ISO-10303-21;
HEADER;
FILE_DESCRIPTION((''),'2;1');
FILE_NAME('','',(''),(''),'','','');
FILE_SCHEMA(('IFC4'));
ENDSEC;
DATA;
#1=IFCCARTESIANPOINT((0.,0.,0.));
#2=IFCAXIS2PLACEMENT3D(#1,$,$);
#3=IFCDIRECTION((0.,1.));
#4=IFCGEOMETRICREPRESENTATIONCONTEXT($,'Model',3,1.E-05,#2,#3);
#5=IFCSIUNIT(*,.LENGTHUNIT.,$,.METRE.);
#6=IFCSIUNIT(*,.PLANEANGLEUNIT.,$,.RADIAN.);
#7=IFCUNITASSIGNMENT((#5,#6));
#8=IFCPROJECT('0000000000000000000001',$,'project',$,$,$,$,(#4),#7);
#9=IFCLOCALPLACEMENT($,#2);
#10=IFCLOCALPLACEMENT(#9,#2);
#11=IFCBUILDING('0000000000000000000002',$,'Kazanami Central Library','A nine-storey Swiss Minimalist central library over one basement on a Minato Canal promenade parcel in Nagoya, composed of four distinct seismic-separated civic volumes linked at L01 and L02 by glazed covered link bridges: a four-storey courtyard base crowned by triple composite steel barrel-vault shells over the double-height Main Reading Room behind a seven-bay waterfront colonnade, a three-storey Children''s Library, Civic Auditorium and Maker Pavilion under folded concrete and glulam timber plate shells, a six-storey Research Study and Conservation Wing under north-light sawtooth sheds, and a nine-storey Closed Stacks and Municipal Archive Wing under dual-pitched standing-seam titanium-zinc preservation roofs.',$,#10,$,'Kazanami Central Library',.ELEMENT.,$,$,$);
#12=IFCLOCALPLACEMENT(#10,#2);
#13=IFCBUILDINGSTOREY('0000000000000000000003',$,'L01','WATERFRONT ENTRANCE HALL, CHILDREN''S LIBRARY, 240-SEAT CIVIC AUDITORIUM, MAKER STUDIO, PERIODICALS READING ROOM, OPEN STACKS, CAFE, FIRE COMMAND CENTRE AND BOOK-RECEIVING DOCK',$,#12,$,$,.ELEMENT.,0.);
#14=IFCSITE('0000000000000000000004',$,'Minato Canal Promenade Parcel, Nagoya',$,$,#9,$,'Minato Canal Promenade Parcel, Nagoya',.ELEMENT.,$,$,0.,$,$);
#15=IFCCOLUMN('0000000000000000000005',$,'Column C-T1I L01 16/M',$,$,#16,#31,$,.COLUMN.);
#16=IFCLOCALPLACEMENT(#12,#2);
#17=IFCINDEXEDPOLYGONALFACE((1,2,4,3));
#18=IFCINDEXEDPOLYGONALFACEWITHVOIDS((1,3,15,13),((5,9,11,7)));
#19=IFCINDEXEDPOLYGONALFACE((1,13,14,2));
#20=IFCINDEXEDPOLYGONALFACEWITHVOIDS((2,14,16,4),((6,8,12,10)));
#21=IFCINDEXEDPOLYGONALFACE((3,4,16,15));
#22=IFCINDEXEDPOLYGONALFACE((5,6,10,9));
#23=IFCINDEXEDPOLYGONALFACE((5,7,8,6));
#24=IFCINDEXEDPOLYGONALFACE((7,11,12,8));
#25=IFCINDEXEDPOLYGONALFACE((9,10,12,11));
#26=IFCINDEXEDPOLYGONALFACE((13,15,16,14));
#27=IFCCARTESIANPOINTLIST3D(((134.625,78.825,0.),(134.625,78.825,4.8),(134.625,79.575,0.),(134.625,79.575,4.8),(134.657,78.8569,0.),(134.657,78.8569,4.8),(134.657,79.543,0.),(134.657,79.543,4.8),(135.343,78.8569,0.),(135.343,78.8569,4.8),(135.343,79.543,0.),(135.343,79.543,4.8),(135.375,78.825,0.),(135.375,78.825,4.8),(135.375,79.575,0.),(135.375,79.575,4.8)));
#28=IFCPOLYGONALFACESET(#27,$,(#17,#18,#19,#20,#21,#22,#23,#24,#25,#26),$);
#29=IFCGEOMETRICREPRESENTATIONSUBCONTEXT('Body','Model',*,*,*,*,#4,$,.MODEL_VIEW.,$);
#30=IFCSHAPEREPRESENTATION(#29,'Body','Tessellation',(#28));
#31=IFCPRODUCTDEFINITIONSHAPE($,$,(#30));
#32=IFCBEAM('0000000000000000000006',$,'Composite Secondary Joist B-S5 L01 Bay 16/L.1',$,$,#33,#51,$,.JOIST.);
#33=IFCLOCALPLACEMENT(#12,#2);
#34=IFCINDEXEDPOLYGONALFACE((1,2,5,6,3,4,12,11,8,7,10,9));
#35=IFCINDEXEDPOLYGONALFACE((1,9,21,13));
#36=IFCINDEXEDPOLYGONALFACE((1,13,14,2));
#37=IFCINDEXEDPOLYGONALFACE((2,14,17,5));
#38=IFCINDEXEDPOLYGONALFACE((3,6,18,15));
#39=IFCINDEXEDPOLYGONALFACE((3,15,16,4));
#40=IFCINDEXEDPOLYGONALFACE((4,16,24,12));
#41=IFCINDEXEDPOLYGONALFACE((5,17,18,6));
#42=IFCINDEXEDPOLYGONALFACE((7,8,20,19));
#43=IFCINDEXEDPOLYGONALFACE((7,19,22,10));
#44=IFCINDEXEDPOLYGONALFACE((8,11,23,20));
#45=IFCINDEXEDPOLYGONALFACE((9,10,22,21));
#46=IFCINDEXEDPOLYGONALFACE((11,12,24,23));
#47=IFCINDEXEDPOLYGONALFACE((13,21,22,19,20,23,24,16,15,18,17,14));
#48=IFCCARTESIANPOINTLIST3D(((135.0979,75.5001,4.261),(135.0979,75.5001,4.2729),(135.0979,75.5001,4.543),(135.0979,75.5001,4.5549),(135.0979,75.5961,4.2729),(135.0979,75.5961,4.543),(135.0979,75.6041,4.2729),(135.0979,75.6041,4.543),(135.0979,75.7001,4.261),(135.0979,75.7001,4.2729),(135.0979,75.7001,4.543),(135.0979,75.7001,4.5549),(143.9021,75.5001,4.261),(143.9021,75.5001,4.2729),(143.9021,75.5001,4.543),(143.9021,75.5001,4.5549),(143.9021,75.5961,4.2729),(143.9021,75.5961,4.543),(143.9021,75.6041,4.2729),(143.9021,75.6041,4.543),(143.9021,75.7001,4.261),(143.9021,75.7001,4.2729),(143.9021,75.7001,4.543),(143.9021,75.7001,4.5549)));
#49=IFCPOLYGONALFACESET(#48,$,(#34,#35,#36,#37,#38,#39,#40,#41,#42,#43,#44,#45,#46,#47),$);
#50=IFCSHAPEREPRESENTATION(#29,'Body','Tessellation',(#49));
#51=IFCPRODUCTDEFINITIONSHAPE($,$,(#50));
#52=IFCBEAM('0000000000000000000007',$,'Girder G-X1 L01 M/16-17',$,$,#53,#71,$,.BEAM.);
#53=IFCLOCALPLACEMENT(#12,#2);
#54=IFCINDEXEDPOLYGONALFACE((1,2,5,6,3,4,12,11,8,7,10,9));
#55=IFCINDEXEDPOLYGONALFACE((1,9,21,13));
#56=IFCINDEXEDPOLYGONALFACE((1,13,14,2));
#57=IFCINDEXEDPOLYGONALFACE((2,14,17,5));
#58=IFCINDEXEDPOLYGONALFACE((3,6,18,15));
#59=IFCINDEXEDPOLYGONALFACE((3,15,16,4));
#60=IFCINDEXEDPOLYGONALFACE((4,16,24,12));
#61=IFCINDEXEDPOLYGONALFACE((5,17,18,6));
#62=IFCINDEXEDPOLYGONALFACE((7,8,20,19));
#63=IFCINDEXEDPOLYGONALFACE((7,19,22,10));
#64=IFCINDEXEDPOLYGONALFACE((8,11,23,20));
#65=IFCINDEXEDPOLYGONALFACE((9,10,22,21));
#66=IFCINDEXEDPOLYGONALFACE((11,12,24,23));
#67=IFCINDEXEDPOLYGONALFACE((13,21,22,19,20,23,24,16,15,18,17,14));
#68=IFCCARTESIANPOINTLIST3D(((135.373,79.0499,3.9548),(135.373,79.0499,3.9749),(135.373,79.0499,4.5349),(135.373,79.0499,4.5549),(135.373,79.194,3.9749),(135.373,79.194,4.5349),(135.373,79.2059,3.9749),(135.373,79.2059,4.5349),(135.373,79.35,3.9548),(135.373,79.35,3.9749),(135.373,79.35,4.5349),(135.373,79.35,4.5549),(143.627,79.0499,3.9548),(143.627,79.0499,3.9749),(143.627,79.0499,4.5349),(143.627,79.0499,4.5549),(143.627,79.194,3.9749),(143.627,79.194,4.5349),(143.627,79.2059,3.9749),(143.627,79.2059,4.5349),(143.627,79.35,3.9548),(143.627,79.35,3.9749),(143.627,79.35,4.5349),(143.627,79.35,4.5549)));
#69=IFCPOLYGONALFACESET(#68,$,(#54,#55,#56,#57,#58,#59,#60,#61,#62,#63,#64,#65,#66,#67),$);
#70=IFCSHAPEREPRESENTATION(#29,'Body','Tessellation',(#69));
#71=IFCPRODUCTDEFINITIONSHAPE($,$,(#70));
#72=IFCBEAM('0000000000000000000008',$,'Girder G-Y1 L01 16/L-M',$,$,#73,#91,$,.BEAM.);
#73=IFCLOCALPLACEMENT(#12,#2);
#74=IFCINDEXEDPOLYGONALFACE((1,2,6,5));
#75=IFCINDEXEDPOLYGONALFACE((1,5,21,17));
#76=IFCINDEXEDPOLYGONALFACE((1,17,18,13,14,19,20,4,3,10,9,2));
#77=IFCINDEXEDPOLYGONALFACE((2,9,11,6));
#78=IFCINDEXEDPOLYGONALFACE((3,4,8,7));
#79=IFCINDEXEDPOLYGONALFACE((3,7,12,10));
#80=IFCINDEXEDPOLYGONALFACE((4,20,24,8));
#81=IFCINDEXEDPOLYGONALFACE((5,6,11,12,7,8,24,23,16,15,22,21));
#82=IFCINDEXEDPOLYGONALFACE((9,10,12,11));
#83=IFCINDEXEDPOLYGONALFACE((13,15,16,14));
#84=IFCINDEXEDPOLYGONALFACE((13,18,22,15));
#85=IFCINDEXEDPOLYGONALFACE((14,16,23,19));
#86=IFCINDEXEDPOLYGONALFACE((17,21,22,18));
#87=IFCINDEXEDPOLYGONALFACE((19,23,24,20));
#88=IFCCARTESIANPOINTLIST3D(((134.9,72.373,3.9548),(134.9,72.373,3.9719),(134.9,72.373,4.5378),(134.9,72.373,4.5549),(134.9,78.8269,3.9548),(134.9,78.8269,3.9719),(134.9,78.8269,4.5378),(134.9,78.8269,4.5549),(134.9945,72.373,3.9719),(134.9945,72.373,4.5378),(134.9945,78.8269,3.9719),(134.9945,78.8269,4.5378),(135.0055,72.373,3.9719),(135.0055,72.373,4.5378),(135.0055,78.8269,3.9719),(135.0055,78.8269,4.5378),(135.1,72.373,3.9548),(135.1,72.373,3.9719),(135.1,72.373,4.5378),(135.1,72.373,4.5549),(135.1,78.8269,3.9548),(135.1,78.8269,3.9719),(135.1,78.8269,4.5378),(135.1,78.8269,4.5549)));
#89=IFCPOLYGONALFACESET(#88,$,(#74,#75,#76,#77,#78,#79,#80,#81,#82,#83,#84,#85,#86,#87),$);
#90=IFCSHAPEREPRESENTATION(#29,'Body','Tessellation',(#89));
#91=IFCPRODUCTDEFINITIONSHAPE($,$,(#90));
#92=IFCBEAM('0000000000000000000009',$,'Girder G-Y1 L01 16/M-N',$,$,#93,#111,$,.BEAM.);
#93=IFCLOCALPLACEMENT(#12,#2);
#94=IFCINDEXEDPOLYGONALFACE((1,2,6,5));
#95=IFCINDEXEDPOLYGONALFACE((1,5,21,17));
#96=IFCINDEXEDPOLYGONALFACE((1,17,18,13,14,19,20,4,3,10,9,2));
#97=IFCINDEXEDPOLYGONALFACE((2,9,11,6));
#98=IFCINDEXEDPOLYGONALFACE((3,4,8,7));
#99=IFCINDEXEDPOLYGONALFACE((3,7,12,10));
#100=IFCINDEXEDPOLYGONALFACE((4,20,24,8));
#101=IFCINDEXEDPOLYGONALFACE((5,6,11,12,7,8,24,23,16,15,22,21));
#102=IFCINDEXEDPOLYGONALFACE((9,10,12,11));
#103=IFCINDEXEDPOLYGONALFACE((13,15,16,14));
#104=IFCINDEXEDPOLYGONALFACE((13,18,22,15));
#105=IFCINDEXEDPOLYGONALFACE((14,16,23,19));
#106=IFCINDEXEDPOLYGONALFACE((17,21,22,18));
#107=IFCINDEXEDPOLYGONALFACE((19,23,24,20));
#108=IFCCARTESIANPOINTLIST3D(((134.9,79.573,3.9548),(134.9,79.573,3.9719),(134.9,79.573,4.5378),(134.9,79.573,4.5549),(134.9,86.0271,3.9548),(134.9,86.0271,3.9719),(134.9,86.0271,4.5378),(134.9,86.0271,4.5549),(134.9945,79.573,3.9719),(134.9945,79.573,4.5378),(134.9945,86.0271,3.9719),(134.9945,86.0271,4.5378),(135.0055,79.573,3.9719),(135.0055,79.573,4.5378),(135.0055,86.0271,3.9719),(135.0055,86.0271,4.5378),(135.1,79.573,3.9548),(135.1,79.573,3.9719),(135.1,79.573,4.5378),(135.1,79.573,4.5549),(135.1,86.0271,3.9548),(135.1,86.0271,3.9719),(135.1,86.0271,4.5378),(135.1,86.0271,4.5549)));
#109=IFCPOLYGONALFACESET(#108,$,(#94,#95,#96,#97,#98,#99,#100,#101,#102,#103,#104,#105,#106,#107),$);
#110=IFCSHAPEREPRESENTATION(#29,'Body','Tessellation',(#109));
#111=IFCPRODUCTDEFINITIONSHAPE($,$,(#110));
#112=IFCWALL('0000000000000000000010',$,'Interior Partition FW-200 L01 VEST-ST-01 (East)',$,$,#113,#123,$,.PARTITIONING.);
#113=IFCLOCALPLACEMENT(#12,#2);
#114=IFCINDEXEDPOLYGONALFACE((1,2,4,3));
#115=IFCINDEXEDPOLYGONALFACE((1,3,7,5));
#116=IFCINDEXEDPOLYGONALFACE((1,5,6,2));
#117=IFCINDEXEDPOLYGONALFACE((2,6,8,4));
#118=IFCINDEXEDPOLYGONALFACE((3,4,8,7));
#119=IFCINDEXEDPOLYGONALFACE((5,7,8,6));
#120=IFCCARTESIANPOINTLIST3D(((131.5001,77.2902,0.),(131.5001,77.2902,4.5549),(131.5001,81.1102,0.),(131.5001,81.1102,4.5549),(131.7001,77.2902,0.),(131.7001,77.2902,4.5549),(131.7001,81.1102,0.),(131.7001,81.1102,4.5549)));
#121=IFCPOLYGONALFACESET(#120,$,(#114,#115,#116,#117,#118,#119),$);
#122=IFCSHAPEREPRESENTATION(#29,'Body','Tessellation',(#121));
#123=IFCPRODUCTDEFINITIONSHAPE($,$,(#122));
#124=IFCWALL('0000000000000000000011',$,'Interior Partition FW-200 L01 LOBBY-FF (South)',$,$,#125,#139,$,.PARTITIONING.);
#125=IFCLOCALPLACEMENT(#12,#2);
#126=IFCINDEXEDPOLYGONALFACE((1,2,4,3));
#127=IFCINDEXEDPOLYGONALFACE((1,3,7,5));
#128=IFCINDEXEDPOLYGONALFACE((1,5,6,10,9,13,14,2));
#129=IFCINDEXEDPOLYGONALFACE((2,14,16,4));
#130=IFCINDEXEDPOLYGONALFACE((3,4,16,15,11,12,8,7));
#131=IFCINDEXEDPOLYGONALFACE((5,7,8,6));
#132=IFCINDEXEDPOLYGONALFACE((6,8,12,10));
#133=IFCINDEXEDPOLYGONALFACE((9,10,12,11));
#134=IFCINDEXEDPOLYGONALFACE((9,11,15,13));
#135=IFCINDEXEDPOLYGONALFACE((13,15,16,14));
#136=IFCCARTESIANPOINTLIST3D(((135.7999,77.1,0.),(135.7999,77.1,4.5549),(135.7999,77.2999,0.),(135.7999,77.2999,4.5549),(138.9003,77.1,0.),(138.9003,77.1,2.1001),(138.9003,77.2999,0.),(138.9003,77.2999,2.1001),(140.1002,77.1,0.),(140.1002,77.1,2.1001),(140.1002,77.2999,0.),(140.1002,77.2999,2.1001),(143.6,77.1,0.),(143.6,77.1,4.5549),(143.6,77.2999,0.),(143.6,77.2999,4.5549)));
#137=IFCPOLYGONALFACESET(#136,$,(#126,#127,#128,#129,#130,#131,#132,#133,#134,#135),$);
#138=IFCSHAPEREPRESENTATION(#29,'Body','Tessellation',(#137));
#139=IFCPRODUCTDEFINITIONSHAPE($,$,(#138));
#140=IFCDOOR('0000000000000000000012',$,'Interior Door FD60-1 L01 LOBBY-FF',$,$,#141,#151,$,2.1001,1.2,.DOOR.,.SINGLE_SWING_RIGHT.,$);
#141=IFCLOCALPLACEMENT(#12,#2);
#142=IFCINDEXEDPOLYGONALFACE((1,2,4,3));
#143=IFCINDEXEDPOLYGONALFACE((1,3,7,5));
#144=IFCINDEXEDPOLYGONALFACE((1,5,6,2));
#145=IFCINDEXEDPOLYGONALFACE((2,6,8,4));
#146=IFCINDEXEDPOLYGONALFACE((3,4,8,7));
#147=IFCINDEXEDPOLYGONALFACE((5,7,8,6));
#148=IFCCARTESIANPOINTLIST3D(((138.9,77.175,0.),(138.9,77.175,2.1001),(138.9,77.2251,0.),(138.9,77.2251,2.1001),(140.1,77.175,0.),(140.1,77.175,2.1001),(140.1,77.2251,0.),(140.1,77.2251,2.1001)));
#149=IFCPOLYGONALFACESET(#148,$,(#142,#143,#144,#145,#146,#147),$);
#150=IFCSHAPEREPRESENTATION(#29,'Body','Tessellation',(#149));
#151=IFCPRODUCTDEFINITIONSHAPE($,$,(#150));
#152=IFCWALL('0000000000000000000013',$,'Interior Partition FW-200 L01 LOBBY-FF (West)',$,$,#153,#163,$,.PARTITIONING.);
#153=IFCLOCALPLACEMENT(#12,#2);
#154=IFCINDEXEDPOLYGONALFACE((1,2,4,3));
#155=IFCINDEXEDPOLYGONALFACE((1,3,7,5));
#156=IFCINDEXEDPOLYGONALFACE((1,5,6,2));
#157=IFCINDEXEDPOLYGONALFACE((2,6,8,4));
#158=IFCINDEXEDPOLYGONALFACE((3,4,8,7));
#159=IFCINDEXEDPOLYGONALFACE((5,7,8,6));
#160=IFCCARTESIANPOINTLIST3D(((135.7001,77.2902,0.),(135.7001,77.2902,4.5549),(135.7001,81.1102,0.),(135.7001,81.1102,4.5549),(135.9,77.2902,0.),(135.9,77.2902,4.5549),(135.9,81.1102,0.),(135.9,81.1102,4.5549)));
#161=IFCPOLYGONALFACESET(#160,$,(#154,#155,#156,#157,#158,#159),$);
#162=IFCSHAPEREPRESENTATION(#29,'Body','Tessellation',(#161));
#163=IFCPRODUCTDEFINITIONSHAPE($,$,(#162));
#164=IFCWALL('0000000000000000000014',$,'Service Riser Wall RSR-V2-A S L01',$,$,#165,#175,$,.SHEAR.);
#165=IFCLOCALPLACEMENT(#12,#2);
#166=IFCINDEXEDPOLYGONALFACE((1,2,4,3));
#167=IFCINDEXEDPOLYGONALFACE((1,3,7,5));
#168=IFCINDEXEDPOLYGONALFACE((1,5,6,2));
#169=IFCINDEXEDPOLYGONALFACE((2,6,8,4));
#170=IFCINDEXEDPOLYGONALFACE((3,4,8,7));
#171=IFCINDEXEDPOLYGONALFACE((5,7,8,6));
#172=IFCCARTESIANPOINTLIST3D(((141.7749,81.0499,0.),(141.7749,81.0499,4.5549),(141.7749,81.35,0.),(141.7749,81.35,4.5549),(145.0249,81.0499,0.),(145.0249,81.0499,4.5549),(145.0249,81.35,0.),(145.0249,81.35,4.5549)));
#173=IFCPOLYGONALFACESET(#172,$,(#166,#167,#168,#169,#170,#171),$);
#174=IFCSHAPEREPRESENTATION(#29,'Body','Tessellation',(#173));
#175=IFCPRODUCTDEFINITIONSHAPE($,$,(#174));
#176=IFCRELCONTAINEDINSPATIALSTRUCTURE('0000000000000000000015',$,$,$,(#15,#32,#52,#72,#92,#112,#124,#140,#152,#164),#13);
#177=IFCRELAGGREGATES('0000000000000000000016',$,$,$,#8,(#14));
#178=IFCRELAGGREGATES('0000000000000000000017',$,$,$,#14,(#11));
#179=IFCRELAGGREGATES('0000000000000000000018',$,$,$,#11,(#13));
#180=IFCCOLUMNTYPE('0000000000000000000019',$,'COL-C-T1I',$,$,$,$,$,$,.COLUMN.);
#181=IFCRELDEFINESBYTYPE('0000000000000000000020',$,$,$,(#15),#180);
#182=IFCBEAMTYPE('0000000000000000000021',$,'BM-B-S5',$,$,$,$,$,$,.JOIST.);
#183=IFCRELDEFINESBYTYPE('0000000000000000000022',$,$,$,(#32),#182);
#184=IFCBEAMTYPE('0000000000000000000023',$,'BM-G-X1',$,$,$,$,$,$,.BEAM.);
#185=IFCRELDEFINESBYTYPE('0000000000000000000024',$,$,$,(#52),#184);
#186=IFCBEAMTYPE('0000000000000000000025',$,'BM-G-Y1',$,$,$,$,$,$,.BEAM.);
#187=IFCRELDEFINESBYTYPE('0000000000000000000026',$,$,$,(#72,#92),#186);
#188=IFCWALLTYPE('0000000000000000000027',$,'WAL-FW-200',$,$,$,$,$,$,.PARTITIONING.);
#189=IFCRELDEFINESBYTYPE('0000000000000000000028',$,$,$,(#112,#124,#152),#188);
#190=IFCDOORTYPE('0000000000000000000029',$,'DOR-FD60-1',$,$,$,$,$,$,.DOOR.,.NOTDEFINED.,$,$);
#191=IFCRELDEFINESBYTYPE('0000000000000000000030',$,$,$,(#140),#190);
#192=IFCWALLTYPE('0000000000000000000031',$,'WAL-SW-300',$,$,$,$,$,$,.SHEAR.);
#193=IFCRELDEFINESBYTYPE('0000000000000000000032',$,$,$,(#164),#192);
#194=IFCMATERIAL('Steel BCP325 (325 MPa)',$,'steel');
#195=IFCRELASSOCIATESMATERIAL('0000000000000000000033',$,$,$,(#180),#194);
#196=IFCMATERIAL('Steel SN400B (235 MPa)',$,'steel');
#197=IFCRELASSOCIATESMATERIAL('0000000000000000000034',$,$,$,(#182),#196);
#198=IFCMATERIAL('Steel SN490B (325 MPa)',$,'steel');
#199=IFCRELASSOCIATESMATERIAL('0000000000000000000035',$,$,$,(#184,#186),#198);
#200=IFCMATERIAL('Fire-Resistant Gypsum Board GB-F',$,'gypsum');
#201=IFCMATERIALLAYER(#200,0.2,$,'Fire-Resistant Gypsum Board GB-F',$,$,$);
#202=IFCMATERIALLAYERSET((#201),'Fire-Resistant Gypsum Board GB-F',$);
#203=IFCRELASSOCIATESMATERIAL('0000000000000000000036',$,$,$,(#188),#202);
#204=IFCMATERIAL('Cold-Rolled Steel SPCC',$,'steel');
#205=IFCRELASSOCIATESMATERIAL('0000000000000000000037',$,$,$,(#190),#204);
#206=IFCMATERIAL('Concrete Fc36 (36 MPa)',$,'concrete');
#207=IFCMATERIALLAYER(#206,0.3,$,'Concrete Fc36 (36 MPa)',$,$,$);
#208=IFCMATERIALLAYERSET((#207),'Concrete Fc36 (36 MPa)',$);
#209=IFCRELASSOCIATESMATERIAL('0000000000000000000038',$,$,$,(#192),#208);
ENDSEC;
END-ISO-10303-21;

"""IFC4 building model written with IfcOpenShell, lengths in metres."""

from ifc_helpers import new_model, si_unit, direction, frame, frame_2d, origin, origin_2d, place, context, subcontext, project, spatial, rectangle, hollow_rectangle, i_section, extrude, material, layer, layer_set, material_profile, profile_set, type_object, element, fill, save


model = new_model("IFC4")

# Units and contexts
model_context = context("Model", 3, precision=1e-05, world=origin(), true_north=direction((0.0, 1.0)))
body_context = subcontext(model_context, "Body", "Model", "MODEL_VIEW")
ifc_project = project(units=[si_unit("LENGTHUNIT", "METRE"), si_unit("PLANEANGLEUNIT", "RADIAN")], contexts=[model_context])

# Site, building, storey
site_placement = place(None, origin())
site = spatial("IfcSite", under=ifc_project, at=site_placement, Name="Minato Canal Promenade Parcel, Nagoya", LongName="Minato Canal Promenade Parcel, Nagoya", CompositionType="ELEMENT", RefElevation=0.0)
building_placement = place(site_placement, origin())
building = spatial("IfcBuilding", under=site, at=building_placement, Name="Kazanami Central Library", Description="A nine-storey Swiss Minimalist central library over one basement on a Minato Canal promenade parcel in Nagoya, composed of four distinct seismic-separated civic volumes linked at L01 and L02 by glazed covered link bridges: a four-storey courtyard base crowned by triple composite steel barrel-vault shells over the double-height Main Reading Room behind a seven-bay waterfront colonnade, a three-storey Children's Library, Civic Auditorium and Maker Pavilion under folded concrete and glulam timber plate shells, a six-storey Research Study and Conservation Wing under north-light sawtooth sheds, and a nine-storey Closed Stacks and Municipal Archive Wing under dual-pitched standing-seam titanium-zinc preservation roofs.", LongName="Kazanami Central Library", CompositionType="ELEMENT")
storey_placement = place(building_placement, origin())
storey = spatial("IfcBuildingStorey", under=building, at=storey_placement, Name="L01", Description="WATERFRONT ENTRANCE HALL, CHILDREN'S LIBRARY, 240-SEAT CIVIC AUDITORIUM, MAKER STUDIO, PERIODICALS READING ROOM, OPEN STACKS, CAFE, FIRE COMMAND CENTRE AND BOOK-RECEIVING DOCK", CompositionType="ELEMENT", Elevation=0.0)

# Column
ifc_material_1 = material(Name="Steel BCP325 (325 MPa)", Category="steel")
ifc_material_profile_1 = material_profile(ifc_material_1, hollow_rectangle(XDim=0.75, YDim=0.75, WallThickness=0.032, at=origin_2d()), Name="BCP-750x750x32")
ifc_profile_set_1 = profile_set([ifc_material_profile_1], Name="Steel BCP325 (325 MPa)")
column_type = type_object("IfcColumnType", Name="COL-C-T1I", PredefinedType="COLUMN", material=ifc_profile_set_1)
column_placement = place(storey_placement, frame((135.0, 79.2, 0.0), z_axis=(0.0, 0.0, 1.0), x_axis=(1.0, 0.0, 0.0)))
element("IfcColumn", 1, at=column_placement, inside=storey, type_object=column_type, Name="Column C-T1I L01 16/M", PredefinedType="COLUMN", context=body_context, shape_type="SweptSolid", body=[
    extrude(hollow_rectangle(XDim=0.75, YDim=0.75, WallThickness=0.032, at=origin_2d()), origin(), (0.0, 0.0, 1.0), 4.8),
])

# Beams
ifc_material_2 = material(Name="Steel SN400B (235 MPa)", Category="steel")
ifc_material_profile_2 = material_profile(ifc_material_2, i_section(OverallWidth=0.2, OverallDepth=0.2939, WebThickness=0.0081, FlangeThickness=0.012, at=origin_2d()), Name="H-294x200x8x12")
ifc_profile_set_2 = profile_set([ifc_material_profile_2], Name="Steel SN400B (235 MPa)")
beam_type_1 = type_object("IfcBeamType", Name="BM-B-S5", PredefinedType="JOIST", material=ifc_profile_set_2)
beam_1_placement = place(storey_placement, frame((135.0979, 75.6001, 4.408), z_axis=(1.0, 0.0, 0.0), x_axis=(0.0, 1.0, 0.0)))
element("IfcBeam", 2, at=beam_1_placement, inside=storey, type_object=beam_type_1, Name="Composite Secondary Joist B-S5 L01 Bay 16/L.1", PredefinedType="JOIST", context=body_context, shape_type="SweptSolid", body=[
    extrude(i_section(OverallWidth=0.2, OverallDepth=0.2939, WebThickness=0.0081, FlangeThickness=0.012, at=origin_2d()), origin(), (0.0, 0.0, 1.0), 8.8042),
])
ifc_material_3 = material(Name="Steel SN490B (325 MPa)", Category="steel")
ifc_material_profile_3 = material_profile(ifc_material_3, i_section(OverallWidth=0.3, OverallDepth=0.6001, WebThickness=0.012, FlangeThickness=0.02, at=origin_2d()), Name="H-600x300x12x20")
ifc_profile_set_3 = profile_set([ifc_material_profile_3], Name="Steel SN490B (325 MPa)")
beam_type_2 = type_object("IfcBeamType", Name="BM-G-X1", PredefinedType="BEAM", material=ifc_profile_set_3)
beam_2_placement = place(storey_placement, frame((135.373, 79.2, 4.2549), z_axis=(1.0, 0.0, 0.0), x_axis=(0.0, 1.0, 0.0)))
element("IfcBeam", 3, at=beam_2_placement, inside=storey, type_object=beam_type_2, Name="Girder G-X1 L01 M/16-17", PredefinedType="BEAM", context=body_context, shape_type="SweptSolid", body=[
    extrude(i_section(OverallWidth=0.3, OverallDepth=0.6001, WebThickness=0.012, FlangeThickness=0.02, at=origin_2d()), origin(), (0.0, 0.0, 1.0), 8.2539),
])
ifc_material_profile_4 = material_profile(ifc_material_3, i_section(OverallWidth=0.2, OverallDepth=0.6001, WebThickness=0.011, FlangeThickness=0.0171, at=origin_2d()), Name="H-600x200x11x17")
ifc_profile_set_4 = profile_set([ifc_material_profile_4], Name="Steel SN490B (325 MPa)")
beam_type_3 = type_object("IfcBeamType", Name="BM-G-Y1", PredefinedType="BEAM", material=ifc_profile_set_4)
beam_3_placement = place(storey_placement, frame((135.0, 72.373, 4.2549), z_axis=(0.0, 1.0, 0.0), x_axis=(-1.0, 0.0, 0.0)))
element("IfcBeam", 4, at=beam_3_placement, inside=storey, type_object=beam_type_3, Name="Girder G-Y1 L01 16/L-M", PredefinedType="BEAM", context=body_context, shape_type="SweptSolid", body=[
    extrude(i_section(OverallWidth=0.2, OverallDepth=0.6001, WebThickness=0.011, FlangeThickness=0.0171, at=origin_2d()), origin(), (0.0, 0.0, 1.0), 6.4539),
])
beam_4_placement = place(storey_placement, frame((135.0, 79.573, 4.2549), z_axis=(0.0, 1.0, 0.0), x_axis=(-1.0, 0.0, 0.0)))
element("IfcBeam", 5, at=beam_4_placement, inside=storey, type_object=beam_type_3, Name="Girder G-Y1 L01 16/M-N", PredefinedType="BEAM", context=body_context, shape_type="SweptSolid", body=[
    extrude(i_section(OverallWidth=0.2, OverallDepth=0.6001, WebThickness=0.011, FlangeThickness=0.0171, at=origin_2d()), origin(), (0.0, 0.0, 1.0), 6.4541),
])

# Wall
ifc_material_4 = material(Name="Fire-Resistant Gypsum Board GB-F", Category="gypsum")
ifc_layer_1 = layer(ifc_material_4, 0.2, Name="Fire-Resistant Gypsum Board GB-F")
ifc_layer_set_1 = layer_set([ifc_layer_1], Name="Fire-Resistant Gypsum Board GB-F")
wall_type_1 = type_object("IfcWallType", Name="WAL-FW-200", PredefinedType="PARTITIONING", material=ifc_layer_set_1)
wall_1_placement = place(storey_placement, frame((131.6001, 77.29, 0.0), z_axis=(0.0, 0.0, 1.0), x_axis=(0.0, 1.0, 0.0)))
element("IfcWall", 6, at=wall_1_placement, inside=storey, type_object=wall_type_1, Name="Interior Partition FW-200 L01 VEST-ST-01 (East)", PredefinedType="PARTITIONING", context=body_context, shape_type="SweptSolid", body=[
    extrude(rectangle(XDim=3.8201, YDim=0.2, at=frame_2d((1.9102, 0.0))), origin(), (0.0, 0.0, 1.0), 4.5549),
])

# Wall, opening, door
wall_2_placement = place(storey_placement, frame((135.8, 77.2, 0.0), z_axis=(0.0, 0.0, 1.0), x_axis=(1.0, 0.0, 0.0)))
wall_2 = element("IfcWall", 7, at=wall_2_placement, inside=storey, type_object=wall_type_1, Name="Interior Partition FW-200 L01 LOBBY-FF (South)", PredefinedType="PARTITIONING", context=body_context, shape_type="SweptSolid", body=[
    extrude(rectangle(XDim=7.8, YDim=0.2, at=frame_2d((3.8999, 0.0))), origin(), (0.0, 0.0, 1.0), 4.5549),
])
opening_1_placement = place(wall_2_placement, frame((3.1001, 0.0, 0.0)))
opening_1 = element("IfcOpeningElement", 8, at=opening_1_placement, cuts=wall_2, PredefinedType="OPENING", context=body_context, shape_type="SweptSolid", body=[
    extrude(rectangle(XDim=1.2, YDim=2.1001, at=frame_2d((0.6001, 1.05))), frame((0.0, 0.1118, 0.0), z_axis=(0.0, -1.0, 0.0), x_axis=(1.0, 0.0, 0.0)), (0.0, 0.0, 1.0), 0.2239),
])
ifc_material_5 = material(Name="Cold-Rolled Steel SPCC", Category="steel")
door_type_1 = type_object("IfcDoorType", Name="DOR-FD60-1", OperationType="NOTDEFINED", PredefinedType="DOOR", material=ifc_material_5)
door_1_placement = place(opening_1_placement, frame((1.2, 0.0, 0.0), z_axis=(0.0, 0.0, 1.0), x_axis=(-1.0, 0.0, 0.0)))
door_1 = element("IfcDoor", 9, at=door_1_placement, inside=storey, type_object=door_type_1, Name="Interior Door FD60-1 L01 LOBBY-FF", OperationType="SINGLE_SWING_RIGHT", OverallHeight=2.1001, OverallWidth=1.2, PredefinedType="DOOR", context=body_context, shape_type="SweptSolid", body=[
    extrude(rectangle(XDim=1.2, YDim=2.1001, at=frame_2d((0.6001, 1.05))), frame((0.0, 0.0249, 0.0), z_axis=(0.0, -1.0, 0.0), x_axis=(1.0, 0.0, 0.0)), (0.0, 0.0, 1.0), 0.05),
])
fill(opening_1, door_1)

# Walls
wall_3_placement = place(storey_placement, frame((135.8, 77.29, 0.0), z_axis=(0.0, 0.0, 1.0), x_axis=(0.0, 1.0, 0.0)))
element("IfcWall", 10, at=wall_3_placement, inside=storey, type_object=wall_type_1, Name="Interior Partition FW-200 L01 LOBBY-FF (West)", PredefinedType="PARTITIONING", context=body_context, shape_type="SweptSolid", body=[
    extrude(rectangle(XDim=3.8201, YDim=0.2, at=frame_2d((1.9102, 0.0))), origin(), (0.0, 0.0, 1.0), 4.5549),
])
ifc_material_6 = material(Name="Concrete Fc36 (36 MPa)", Category="concrete")
ifc_layer_2 = layer(ifc_material_6, 0.3, Name="Concrete Fc36 (36 MPa)")
ifc_layer_set_2 = layer_set([ifc_layer_2], Name="Concrete Fc36 (36 MPa)")
wall_type_2 = type_object("IfcWallType", Name="WAL-SW-300", PredefinedType="SHEAR", material=ifc_layer_set_2)
wall_4_placement = place(storey_placement, frame((141.7749, 81.2, 0.0), z_axis=(0.0, 0.0, 1.0), x_axis=(1.0, 0.0, 0.0)))
element("IfcWall", 11, at=wall_4_placement, inside=storey, type_object=wall_type_2, Name="Service Riser Wall RSR-V2-A S L01", PredefinedType="SHEAR", context=body_context, shape_type="SweptSolid", body=[
    extrude(rectangle(XDim=3.25, YDim=0.3, at=frame_2d((1.625, 0.0))), origin(), (0.0, 0.0, 1.0), 4.5549),
])

save(model, "model.ifc")
